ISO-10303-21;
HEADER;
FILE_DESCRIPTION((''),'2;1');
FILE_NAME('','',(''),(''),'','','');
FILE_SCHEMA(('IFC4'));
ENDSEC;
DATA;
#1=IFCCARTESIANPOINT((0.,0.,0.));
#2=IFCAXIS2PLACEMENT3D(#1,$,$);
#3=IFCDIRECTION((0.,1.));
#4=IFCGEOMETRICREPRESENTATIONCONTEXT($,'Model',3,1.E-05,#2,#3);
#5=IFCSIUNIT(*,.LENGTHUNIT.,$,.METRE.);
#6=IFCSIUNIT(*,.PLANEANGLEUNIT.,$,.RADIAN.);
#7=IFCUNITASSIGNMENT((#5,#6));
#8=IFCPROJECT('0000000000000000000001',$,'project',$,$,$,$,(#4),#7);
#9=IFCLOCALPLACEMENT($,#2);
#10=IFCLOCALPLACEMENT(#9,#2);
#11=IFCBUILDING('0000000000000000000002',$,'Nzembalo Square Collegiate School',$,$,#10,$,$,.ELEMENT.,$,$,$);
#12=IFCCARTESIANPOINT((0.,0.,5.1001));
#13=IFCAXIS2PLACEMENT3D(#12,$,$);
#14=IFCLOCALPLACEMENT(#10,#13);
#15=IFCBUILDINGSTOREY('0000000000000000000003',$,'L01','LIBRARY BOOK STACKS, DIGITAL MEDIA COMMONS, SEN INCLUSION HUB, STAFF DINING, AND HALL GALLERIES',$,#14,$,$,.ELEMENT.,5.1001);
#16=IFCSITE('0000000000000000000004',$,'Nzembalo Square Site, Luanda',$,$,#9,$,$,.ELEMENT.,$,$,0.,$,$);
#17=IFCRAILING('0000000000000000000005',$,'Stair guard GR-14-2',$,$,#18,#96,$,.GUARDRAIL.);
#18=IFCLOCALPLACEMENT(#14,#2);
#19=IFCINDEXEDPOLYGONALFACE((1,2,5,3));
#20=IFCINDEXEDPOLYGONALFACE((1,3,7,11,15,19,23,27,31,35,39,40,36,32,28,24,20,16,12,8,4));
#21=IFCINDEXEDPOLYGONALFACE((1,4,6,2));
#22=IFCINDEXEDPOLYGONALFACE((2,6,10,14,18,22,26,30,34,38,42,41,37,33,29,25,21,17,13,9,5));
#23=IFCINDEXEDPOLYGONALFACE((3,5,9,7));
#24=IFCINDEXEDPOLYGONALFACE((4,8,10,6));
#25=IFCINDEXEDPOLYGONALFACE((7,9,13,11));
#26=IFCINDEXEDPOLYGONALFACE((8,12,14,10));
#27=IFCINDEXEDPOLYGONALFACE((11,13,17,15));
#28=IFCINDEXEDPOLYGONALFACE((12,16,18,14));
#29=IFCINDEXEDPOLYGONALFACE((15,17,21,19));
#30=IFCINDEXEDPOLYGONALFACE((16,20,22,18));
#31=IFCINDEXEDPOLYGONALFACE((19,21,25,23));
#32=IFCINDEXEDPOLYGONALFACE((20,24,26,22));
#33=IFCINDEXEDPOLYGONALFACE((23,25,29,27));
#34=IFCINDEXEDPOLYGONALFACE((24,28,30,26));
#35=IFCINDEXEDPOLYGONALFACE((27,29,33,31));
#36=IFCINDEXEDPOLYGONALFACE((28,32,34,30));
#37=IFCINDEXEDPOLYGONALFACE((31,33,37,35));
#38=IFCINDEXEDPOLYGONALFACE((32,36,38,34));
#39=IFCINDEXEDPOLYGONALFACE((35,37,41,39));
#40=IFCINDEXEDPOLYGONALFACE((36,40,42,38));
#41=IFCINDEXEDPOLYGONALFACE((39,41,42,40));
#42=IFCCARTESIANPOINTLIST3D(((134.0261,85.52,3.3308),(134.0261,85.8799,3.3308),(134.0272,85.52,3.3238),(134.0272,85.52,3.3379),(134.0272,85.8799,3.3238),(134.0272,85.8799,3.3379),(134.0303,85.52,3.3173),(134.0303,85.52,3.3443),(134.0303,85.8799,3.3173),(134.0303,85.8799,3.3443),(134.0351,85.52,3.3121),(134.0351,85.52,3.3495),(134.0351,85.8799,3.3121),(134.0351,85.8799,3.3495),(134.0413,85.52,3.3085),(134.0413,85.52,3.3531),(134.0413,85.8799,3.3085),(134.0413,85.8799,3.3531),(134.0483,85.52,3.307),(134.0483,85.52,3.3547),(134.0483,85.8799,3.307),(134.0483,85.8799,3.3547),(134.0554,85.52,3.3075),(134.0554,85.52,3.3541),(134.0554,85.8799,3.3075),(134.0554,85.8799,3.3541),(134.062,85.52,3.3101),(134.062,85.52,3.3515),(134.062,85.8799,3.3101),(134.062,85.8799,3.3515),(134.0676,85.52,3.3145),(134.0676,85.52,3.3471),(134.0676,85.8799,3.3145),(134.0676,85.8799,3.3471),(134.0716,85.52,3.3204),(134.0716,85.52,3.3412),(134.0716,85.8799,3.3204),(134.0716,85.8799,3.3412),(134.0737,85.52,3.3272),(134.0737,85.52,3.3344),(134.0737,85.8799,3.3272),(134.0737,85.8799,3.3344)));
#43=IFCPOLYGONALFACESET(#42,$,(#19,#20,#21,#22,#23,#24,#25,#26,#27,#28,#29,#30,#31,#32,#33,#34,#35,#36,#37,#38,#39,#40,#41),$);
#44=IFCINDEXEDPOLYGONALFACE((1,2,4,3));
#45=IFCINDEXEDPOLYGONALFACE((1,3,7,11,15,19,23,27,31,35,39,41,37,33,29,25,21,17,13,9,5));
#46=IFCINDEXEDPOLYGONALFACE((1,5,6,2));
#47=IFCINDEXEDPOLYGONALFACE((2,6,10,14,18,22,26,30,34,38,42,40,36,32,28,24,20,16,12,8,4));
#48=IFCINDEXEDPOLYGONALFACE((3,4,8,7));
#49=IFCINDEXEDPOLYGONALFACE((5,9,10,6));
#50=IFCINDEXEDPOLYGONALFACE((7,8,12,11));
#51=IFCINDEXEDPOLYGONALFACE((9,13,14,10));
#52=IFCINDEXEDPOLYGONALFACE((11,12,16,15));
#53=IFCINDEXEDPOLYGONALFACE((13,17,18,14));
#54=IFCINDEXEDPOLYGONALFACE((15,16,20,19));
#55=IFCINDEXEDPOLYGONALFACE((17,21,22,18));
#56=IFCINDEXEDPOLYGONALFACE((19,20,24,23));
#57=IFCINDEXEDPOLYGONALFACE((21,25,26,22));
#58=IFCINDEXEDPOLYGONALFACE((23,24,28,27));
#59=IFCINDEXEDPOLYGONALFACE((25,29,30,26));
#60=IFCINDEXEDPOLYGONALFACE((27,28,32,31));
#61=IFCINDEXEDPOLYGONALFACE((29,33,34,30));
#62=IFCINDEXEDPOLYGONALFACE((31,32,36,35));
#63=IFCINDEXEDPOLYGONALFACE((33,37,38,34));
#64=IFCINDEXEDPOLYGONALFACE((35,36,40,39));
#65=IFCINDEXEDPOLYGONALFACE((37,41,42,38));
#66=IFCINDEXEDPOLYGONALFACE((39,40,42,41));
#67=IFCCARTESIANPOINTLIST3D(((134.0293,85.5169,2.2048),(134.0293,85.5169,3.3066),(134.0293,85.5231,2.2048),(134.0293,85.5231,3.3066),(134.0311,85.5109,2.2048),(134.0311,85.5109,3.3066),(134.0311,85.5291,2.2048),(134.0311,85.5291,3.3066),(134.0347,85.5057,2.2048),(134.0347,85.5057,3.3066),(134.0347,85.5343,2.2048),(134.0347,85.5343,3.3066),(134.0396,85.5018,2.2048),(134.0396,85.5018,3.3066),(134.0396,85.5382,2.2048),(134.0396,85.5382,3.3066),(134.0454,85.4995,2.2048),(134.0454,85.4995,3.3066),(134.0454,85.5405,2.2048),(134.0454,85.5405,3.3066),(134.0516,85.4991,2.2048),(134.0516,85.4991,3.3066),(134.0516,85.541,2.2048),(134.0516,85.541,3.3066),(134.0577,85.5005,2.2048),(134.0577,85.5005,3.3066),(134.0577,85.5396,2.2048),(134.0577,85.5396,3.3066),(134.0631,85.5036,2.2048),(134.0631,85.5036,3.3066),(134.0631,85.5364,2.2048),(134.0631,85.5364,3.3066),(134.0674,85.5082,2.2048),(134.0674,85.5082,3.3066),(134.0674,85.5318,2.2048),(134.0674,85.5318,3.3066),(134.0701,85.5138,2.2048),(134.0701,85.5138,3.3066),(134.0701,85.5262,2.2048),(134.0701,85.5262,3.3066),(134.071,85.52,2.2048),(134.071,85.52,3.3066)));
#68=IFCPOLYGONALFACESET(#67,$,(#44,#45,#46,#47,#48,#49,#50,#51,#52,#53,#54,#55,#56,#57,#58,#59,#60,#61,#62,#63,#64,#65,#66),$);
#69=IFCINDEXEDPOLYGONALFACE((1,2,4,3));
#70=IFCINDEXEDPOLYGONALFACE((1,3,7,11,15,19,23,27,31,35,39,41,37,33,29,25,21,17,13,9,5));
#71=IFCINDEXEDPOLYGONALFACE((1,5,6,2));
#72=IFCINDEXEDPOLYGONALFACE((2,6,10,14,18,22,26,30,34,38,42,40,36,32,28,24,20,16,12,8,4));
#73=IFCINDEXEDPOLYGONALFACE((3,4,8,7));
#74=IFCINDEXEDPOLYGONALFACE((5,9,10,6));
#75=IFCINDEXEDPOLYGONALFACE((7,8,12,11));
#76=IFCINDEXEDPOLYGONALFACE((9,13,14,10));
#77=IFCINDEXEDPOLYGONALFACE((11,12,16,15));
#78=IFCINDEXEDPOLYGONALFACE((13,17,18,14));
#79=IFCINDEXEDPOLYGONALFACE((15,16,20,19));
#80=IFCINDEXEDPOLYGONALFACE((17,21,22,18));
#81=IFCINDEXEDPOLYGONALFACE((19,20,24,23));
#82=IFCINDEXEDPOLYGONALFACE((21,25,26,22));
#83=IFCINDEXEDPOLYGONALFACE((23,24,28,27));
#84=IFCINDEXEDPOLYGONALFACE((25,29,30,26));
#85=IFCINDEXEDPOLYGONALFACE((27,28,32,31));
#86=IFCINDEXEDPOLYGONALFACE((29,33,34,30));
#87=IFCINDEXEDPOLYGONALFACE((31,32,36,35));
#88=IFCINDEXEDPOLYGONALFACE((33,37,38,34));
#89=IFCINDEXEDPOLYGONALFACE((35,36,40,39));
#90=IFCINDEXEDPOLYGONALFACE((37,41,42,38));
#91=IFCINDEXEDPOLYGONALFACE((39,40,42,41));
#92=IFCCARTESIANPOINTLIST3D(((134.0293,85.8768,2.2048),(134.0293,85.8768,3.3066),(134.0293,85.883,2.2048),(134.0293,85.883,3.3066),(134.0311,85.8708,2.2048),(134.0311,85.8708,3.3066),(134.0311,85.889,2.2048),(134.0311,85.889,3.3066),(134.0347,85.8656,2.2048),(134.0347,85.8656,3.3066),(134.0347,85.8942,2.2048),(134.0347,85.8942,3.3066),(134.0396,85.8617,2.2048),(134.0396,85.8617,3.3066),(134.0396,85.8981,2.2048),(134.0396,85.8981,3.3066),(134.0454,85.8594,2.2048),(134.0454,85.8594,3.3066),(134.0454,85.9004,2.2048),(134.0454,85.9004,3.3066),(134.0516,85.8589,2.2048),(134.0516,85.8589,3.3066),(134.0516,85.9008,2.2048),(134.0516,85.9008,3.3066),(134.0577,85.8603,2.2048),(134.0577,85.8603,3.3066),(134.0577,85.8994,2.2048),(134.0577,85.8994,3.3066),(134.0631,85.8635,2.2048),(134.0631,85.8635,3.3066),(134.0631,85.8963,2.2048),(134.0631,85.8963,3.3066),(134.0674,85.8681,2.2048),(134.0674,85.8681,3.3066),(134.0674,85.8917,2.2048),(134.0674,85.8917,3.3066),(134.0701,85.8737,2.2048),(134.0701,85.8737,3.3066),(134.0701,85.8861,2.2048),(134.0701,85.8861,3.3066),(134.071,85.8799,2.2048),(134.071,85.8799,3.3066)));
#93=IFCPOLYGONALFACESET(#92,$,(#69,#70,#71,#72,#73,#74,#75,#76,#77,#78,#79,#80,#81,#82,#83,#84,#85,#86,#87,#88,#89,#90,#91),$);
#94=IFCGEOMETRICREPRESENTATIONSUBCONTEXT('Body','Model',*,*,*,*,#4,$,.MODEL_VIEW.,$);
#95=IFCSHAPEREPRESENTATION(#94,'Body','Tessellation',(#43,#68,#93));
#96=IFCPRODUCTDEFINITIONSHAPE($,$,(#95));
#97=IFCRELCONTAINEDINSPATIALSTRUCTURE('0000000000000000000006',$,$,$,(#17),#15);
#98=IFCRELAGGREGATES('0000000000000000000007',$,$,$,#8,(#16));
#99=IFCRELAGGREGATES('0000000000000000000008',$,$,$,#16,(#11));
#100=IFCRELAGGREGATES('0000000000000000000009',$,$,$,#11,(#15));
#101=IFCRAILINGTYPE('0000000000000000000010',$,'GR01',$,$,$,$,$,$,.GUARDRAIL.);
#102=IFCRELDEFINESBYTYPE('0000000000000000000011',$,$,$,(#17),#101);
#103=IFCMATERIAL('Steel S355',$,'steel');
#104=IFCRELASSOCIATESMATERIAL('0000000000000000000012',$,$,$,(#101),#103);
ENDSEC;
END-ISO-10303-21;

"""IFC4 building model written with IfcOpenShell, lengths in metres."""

from ifc_helpers import new_model, si_unit, direction, frame, origin, origin_2d, place, context, subcontext, project, spatial, circle, extrude, material, type_object, element, save


model = new_model("IFC4")

# Units and contexts
model_context = context("Model", 3, precision=1e-05, world=origin(), true_north=direction((0.0, 1.0)))
body_context = subcontext(model_context, "Body", "Model", "MODEL_VIEW")
ifc_project = project(units=[si_unit("LENGTHUNIT", "METRE"), si_unit("PLANEANGLEUNIT", "RADIAN")], contexts=[model_context])

# Site, building, storey
site_placement = place(None, origin())
site = spatial("IfcSite", under=ifc_project, at=site_placement, Name="Nzembalo Square Site, Luanda", CompositionType="ELEMENT", RefElevation=0.0)
building_placement = place(site_placement, origin())
building = spatial("IfcBuilding", under=site, at=building_placement, Name="Nzembalo Square Collegiate School", CompositionType="ELEMENT")
storey_placement = place(building_placement, frame((0.0, 0.0, 5.1001)))
storey = spatial("IfcBuildingStorey", under=building, at=storey_placement, Name="L01", Description="LIBRARY BOOK STACKS, DIGITAL MEDIA COMMONS, SEN INCLUSION HUB, STAFF DINING, AND HALL GALLERIES", CompositionType="ELEMENT", Elevation=5.1001)

# Railing
ifc_material_1 = material(Name="Steel S355", Category="steel")
railing_type_1 = type_object("IfcRailingType", Name="GR01", PredefinedType="GUARDRAIL", material=ifc_material_1)
railing_1_placement = place(storey_placement, frame((134.05, 85.52, 2.2048)))
element("IfcRailing", 1, at=railing_1_placement, inside=storey, type_object=railing_type_1, Name="Stair guard GR-14-2", PredefinedType="GUARDRAIL", context=body_context, shape_type="SweptSolid", body=[
    extrude(circle(Radius=0.0239, at=origin_2d()), frame((0.0, 0.0, 1.126), z_axis=(0.0, 1.0, 0.0), x_axis=(-1.0, 0.0, 0.0)), (0.0, 0.0, 1.0), 0.3599),
    extrude(circle(Radius=0.021, at=origin_2d()), origin(), (0.0, 0.0, 1.0), 1.1018),
    extrude(circle(Radius=0.021, at=origin_2d()), frame((0.0, 0.3599, 0.0)), (0.0, 0.0, 1.0), 1.1018),
])

save(model, "model.ifc")
